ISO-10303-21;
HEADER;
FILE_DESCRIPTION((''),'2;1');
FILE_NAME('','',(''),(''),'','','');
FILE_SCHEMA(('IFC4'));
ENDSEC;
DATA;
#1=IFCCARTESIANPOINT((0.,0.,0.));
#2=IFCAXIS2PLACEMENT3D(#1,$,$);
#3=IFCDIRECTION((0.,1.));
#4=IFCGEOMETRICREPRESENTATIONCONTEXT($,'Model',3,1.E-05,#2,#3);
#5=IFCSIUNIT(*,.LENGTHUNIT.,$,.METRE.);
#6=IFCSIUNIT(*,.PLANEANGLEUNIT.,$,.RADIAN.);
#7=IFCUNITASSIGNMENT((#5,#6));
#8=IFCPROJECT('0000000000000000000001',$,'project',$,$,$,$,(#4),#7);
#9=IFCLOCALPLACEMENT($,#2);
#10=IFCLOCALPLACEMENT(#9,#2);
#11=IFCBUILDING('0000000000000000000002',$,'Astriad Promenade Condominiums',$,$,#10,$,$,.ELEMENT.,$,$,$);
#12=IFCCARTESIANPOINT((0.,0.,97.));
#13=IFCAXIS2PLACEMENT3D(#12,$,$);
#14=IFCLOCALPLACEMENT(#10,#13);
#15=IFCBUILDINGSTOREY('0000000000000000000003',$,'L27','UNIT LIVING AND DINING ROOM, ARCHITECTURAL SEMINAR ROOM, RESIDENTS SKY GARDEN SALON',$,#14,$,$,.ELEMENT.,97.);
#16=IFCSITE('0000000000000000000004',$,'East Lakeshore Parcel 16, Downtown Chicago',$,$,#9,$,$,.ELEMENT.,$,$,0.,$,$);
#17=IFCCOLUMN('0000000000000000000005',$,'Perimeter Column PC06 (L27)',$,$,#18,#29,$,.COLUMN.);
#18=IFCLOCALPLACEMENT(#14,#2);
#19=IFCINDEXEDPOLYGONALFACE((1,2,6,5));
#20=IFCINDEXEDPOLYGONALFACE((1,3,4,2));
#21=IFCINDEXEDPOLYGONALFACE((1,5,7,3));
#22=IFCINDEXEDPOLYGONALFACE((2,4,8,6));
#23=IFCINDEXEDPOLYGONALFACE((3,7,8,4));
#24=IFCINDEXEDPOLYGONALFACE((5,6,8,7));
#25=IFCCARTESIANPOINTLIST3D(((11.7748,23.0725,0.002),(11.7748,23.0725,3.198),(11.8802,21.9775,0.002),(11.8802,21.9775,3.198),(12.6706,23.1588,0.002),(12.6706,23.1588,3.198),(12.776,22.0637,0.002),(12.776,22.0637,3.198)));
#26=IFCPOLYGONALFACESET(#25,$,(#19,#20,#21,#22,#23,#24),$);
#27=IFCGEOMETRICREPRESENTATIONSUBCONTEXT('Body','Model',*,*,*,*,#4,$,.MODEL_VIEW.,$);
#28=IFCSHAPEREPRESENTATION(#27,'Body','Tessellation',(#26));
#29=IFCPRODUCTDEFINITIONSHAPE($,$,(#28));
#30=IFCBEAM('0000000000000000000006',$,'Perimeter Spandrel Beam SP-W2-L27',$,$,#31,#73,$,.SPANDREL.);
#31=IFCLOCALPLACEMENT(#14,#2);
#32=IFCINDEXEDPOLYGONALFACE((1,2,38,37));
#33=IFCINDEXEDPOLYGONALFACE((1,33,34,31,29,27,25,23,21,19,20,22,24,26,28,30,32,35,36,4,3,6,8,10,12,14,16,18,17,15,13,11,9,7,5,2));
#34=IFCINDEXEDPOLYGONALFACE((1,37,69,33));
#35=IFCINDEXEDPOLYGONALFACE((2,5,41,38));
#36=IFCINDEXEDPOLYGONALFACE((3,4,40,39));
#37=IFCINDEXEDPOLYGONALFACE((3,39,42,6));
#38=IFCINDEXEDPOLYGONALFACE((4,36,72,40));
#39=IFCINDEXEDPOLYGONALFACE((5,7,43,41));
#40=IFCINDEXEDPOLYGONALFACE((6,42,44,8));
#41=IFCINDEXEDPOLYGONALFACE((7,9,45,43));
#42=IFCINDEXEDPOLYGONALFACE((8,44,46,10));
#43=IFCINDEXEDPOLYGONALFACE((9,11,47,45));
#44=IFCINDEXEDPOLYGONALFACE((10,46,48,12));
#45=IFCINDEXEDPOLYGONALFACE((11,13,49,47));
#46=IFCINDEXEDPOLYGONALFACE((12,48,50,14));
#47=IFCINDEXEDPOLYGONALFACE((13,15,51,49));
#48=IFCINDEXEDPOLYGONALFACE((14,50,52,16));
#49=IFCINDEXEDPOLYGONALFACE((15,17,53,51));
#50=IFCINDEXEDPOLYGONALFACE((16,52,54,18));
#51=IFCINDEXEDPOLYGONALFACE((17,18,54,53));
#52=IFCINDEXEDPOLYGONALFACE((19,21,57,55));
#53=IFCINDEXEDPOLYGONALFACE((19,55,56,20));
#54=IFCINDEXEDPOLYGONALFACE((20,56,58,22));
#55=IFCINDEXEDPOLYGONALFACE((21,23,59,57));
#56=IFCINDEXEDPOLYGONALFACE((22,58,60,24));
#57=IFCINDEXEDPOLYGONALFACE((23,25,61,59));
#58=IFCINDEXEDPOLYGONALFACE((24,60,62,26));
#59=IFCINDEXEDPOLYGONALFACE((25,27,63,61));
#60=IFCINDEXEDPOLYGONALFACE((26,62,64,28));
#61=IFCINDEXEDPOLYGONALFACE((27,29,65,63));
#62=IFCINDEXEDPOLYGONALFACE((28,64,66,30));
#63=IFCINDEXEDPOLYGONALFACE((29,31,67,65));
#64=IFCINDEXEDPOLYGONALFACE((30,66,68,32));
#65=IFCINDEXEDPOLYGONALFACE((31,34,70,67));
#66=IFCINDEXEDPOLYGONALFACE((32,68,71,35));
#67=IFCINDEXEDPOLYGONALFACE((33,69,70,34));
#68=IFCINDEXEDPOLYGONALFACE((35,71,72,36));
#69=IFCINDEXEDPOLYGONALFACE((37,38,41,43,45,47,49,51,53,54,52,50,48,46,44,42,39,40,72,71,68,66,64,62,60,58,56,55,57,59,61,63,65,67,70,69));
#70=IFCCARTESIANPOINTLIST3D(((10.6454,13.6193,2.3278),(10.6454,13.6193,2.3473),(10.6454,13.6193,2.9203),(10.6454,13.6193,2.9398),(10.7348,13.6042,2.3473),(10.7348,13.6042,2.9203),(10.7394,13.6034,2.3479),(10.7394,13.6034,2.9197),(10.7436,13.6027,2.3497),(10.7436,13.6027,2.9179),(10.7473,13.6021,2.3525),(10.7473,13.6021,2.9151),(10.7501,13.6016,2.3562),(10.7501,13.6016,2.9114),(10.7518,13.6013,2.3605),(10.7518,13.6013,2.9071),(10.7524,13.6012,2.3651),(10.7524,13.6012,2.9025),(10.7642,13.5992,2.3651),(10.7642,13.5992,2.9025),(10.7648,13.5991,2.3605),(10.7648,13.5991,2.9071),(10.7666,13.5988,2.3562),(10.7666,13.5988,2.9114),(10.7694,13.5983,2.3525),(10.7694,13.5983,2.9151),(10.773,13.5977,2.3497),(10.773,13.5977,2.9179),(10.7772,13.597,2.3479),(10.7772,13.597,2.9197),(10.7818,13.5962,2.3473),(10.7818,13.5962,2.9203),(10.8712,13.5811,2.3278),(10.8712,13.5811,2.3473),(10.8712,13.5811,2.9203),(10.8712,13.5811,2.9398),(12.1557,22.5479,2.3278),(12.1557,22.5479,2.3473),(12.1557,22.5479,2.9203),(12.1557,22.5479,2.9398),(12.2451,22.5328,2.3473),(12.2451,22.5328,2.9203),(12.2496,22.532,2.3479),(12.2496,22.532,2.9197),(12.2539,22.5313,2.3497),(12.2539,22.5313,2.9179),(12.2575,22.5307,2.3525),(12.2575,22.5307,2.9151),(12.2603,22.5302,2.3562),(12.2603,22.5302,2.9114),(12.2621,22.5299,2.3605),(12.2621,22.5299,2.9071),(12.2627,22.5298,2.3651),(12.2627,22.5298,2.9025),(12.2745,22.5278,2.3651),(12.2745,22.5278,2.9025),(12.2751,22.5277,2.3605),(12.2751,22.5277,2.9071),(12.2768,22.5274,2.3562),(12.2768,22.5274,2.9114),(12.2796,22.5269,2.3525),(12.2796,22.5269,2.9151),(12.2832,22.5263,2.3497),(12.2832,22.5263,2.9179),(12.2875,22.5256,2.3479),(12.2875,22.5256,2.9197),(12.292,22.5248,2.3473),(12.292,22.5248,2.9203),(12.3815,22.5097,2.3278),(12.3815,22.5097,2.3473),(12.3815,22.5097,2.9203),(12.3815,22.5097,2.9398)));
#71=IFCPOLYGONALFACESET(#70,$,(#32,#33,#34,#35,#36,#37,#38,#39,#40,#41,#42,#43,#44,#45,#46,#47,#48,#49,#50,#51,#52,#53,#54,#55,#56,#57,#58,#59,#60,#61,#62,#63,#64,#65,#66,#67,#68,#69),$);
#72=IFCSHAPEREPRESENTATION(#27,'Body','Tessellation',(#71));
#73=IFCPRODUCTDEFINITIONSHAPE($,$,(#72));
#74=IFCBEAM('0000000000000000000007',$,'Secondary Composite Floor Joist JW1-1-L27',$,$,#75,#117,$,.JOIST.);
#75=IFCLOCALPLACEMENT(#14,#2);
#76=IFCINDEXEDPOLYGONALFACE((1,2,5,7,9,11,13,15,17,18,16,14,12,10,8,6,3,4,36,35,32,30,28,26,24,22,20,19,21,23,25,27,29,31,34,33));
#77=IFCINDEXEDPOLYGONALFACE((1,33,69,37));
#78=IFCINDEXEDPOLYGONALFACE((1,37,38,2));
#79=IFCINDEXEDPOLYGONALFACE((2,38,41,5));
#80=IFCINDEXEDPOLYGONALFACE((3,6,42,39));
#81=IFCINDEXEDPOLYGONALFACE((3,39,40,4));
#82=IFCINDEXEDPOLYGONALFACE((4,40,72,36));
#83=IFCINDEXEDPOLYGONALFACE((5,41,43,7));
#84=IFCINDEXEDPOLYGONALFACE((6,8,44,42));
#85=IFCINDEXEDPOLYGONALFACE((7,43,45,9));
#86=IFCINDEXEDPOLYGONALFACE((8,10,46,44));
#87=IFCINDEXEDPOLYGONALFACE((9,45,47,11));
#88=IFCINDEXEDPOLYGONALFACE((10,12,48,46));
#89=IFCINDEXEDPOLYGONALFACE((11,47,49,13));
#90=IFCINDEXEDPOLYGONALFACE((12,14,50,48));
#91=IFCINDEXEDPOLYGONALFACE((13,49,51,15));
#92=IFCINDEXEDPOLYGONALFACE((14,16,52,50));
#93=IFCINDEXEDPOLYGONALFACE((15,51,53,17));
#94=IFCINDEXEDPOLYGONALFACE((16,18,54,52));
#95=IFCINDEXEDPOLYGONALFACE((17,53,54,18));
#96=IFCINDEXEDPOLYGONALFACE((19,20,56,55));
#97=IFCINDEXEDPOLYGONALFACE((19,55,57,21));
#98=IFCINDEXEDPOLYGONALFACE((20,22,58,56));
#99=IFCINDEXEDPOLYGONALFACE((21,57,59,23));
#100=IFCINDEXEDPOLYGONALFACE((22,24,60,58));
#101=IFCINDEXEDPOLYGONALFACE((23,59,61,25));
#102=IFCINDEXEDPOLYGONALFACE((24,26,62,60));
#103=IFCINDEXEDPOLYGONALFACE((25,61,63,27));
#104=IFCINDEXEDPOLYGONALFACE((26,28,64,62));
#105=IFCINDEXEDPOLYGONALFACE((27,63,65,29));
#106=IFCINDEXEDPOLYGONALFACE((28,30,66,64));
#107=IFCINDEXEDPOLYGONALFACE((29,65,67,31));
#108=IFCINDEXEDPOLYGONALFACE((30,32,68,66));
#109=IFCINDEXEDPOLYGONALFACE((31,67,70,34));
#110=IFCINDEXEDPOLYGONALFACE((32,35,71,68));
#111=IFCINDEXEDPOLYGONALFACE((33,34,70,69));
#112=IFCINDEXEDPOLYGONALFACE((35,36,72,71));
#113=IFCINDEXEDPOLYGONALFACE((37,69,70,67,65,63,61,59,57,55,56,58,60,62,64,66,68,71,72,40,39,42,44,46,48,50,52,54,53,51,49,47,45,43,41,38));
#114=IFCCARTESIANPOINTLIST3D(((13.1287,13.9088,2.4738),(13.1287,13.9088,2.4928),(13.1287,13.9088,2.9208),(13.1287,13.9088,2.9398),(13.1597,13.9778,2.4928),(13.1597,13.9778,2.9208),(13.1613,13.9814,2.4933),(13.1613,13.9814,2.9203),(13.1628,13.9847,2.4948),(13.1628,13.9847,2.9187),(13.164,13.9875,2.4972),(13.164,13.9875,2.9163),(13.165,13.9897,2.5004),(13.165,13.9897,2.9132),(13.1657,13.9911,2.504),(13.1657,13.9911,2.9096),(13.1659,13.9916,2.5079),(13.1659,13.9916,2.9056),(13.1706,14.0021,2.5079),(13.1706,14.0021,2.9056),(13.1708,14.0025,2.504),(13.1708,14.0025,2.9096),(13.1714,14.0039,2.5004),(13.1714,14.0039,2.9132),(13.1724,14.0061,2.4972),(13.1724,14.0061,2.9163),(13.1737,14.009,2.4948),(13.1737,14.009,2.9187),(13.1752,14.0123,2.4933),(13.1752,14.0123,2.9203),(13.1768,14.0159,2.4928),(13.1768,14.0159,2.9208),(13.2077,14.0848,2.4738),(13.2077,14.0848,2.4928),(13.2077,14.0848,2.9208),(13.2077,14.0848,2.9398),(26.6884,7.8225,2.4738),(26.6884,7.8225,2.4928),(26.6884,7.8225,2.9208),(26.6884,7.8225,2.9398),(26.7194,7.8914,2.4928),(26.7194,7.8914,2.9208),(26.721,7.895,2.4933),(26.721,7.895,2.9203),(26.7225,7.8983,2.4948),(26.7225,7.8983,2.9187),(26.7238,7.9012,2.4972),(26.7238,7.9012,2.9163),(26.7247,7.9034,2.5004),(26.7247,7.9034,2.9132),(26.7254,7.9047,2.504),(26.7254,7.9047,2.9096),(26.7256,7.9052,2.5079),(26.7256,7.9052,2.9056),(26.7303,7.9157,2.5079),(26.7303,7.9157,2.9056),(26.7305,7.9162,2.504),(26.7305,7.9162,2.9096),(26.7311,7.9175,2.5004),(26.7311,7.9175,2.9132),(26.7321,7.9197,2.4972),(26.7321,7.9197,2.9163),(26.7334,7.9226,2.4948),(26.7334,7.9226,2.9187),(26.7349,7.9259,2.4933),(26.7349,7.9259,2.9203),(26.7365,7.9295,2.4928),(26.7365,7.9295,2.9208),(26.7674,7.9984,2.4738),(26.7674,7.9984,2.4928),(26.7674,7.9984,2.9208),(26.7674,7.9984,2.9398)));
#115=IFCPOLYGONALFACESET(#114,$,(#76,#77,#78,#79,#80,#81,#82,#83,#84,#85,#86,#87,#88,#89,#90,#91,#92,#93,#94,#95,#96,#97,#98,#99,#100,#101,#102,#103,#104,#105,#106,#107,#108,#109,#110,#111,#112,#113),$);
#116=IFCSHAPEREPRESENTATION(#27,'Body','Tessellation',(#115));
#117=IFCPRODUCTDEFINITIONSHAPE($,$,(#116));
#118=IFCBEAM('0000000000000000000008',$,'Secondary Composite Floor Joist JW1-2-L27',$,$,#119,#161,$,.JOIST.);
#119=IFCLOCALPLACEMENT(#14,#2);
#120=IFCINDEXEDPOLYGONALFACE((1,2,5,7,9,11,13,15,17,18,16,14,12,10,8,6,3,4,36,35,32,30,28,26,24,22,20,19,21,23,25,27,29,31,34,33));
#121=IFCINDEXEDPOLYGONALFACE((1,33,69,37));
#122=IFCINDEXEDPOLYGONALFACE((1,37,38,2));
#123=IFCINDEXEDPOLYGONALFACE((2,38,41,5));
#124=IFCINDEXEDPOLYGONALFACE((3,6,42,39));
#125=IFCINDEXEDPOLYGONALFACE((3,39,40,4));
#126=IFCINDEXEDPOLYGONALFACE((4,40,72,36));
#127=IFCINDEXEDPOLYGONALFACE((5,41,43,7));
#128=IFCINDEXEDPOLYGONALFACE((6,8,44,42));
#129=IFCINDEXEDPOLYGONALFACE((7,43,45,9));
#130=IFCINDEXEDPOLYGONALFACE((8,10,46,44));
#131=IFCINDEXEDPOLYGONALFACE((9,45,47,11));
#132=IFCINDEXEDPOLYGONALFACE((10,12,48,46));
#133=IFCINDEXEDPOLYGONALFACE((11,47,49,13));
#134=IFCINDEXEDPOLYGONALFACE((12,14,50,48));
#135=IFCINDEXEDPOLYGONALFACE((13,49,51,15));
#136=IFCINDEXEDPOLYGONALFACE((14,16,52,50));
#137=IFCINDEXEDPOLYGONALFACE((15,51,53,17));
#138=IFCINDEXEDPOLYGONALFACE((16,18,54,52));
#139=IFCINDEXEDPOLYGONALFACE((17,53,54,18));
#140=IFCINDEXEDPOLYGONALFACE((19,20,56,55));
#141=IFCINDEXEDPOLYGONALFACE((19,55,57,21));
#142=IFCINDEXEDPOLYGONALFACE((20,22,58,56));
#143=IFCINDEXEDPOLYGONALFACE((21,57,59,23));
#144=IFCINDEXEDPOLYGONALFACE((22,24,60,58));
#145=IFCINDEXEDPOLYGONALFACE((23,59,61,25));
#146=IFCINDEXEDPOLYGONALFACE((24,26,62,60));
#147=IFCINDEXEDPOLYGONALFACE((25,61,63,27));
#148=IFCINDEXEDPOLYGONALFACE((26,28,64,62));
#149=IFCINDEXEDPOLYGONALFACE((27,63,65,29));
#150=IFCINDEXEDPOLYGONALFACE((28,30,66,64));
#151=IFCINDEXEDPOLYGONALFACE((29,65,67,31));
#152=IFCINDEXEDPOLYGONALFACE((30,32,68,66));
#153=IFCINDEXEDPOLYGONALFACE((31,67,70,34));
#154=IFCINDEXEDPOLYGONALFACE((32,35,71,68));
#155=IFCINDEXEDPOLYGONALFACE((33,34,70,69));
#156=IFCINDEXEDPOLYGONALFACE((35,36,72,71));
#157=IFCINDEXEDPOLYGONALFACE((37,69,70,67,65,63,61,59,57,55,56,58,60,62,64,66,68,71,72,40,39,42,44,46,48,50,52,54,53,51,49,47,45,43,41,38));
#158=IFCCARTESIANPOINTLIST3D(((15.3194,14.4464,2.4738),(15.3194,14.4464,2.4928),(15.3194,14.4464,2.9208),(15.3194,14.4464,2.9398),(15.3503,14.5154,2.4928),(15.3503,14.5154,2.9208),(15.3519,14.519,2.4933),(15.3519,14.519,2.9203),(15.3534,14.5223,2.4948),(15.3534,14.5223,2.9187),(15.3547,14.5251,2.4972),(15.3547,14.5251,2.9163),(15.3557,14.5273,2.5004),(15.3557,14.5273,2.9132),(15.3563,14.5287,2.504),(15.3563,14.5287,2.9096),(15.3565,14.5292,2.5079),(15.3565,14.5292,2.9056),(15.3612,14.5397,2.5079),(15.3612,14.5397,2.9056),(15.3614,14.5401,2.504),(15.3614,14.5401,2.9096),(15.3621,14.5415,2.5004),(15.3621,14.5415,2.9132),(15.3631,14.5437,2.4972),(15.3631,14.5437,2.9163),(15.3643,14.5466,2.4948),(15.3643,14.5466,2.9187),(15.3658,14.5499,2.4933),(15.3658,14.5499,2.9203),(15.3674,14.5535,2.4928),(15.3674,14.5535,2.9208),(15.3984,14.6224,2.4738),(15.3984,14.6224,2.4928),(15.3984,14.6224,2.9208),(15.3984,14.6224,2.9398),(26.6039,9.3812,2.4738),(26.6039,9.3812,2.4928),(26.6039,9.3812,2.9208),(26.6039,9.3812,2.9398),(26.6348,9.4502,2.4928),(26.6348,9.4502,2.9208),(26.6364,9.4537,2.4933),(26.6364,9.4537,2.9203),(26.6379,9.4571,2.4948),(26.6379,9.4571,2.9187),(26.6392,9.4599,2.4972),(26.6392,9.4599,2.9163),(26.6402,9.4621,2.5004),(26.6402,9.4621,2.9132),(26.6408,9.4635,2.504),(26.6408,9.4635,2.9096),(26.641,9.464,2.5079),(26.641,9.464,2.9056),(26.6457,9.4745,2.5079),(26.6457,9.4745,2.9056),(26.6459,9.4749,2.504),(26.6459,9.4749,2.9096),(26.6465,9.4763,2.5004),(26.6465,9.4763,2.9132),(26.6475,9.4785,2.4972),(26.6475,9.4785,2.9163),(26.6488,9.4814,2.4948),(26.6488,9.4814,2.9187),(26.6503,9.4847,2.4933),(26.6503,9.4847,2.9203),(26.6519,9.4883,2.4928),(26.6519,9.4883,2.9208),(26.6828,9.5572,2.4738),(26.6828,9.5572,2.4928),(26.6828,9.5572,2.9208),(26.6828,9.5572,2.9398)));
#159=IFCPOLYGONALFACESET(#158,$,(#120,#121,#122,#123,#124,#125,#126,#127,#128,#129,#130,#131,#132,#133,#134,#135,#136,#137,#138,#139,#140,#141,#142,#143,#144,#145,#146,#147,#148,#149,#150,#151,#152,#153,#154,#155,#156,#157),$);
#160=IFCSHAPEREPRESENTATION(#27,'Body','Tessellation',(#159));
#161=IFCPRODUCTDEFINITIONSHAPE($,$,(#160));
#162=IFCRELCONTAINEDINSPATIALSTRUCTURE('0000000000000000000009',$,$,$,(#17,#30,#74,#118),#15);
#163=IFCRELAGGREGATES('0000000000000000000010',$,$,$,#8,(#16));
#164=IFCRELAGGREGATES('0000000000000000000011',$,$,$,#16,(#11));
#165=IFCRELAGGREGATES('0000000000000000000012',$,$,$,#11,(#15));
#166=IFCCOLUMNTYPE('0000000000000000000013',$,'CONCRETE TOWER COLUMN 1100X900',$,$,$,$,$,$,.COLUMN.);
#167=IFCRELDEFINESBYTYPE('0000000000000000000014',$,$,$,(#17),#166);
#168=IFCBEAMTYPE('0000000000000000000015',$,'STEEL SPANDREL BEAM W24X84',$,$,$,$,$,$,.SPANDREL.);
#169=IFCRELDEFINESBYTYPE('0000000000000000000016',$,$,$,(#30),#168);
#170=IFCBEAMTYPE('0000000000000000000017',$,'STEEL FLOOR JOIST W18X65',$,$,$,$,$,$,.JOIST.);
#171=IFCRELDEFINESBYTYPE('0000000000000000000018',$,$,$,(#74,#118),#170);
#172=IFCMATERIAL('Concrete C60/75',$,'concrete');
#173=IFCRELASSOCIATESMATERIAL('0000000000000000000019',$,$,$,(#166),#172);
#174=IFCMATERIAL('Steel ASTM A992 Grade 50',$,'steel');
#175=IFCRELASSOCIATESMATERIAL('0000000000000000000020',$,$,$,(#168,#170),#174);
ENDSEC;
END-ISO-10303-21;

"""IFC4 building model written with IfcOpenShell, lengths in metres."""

from ifc_helpers import new_model, si_unit, direction, frame, origin, origin_2d, place, context, subcontext, project, spatial, rectangle, i_section, extrude, source, transform, mapped, material, material_profile, profile_set, type_object, type_shapes, element, save


model = new_model("IFC4")

# Units and contexts
model_context = context("Model", 3, precision=1e-05, world=origin(), true_north=direction((0.0, 1.0)))
body_context = subcontext(model_context, "Body", "Model", "MODEL_VIEW")
ifc_project = project(units=[si_unit("LENGTHUNIT", "METRE"), si_unit("PLANEANGLEUNIT", "RADIAN")], contexts=[model_context])

# Site, building, storey
site_placement = place(None, origin())
site = spatial("IfcSite", under=ifc_project, at=site_placement, Name="East Lakeshore Parcel 16, Downtown Chicago", CompositionType="ELEMENT", RefElevation=0.0)
building_placement = place(site_placement, origin())
building = spatial("IfcBuilding", under=site, at=building_placement, Name="Astriad Promenade Condominiums", CompositionType="ELEMENT")
storey_placement = place(building_placement, frame((0.0, 0.0, 97.0)))
storey = spatial("IfcBuildingStorey", under=building, at=storey_placement, Name="L27", Description="UNIT LIVING AND DINING ROOM, ARCHITECTURAL SEMINAR ROOM, RESIDENTS SKY GARDEN SALON", CompositionType="ELEMENT", Elevation=97.0)

# Column
ifc_material_1 = material(Name="Concrete C60/75", Category="concrete")
ifc_material_profile_1 = material_profile(ifc_material_1, rectangle(XDim=0.8999, YDim=1.1001, at=origin_2d()), Name="RC-COL-1100X900")
ifc_profile_set_1 = profile_set([ifc_material_profile_1], Name="Concrete C60/75")
column_type = type_object("IfcColumnType", Name="CONCRETE TOWER COLUMN 1100X900", PredefinedType="COLUMN", material=ifc_profile_set_1)
shared_shape_1 = source(origin(), body_context, "Body", "SweptSolid", [
    extrude(rectangle(XDim=0.8999, YDim=1.1001, at=origin_2d()), origin(), (0.0, 0.0, 1.0), 3.196),
])
type_shapes(column_type, [shared_shape_1])
column_placement = place(storey_placement, frame((12.2754, 22.5681, 0.002), z_axis=(0.0, 0.0, 1.0), x_axis=(0.995396, 0.095846, 0.0)))
element("IfcColumn", 1, at=column_placement, inside=storey, type_object=column_type, Name="Perimeter Column PC06 (L27)", PredefinedType="COLUMN", context=body_context, shape_type="MappedRepresentation", body=[
    mapped(shared_shape_1, transform((0.0, 0.0, 0.0), scale=1.0)),
])

# Beams
ifc_material_2 = material(Name="Steel ASTM A992 Grade 50", Category="steel")
ifc_material_profile_2 = material_profile(ifc_material_2, i_section(OverallWidth=0.229, OverallDepth=0.6121, WebThickness=0.012, FlangeThickness=0.0195, FilletRadius=0.0178, at=origin_2d()), Name="W24X84")
ifc_profile_set_2 = profile_set([ifc_material_profile_2], Name="Steel ASTM A992 Grade 50")
beam_type_1 = type_object("IfcBeamType", Name="STEEL SPANDREL BEAM W24X84", PredefinedType="SPANDREL", material=ifc_profile_set_2)
shared_shape_2 = source(origin(), body_context, "Body", "SweptSolid", [
    extrude(i_section(OverallWidth=0.229, OverallDepth=0.6121, WebThickness=0.012, FlangeThickness=0.0195, FilletRadius=0.0178, at=origin_2d()), origin(), (0.0, 0.0, 1.0), 9.0554),
])
type_shapes(beam_type_1, [shared_shape_2])
beam_1_placement = place(storey_placement, frame((12.2686, 22.5288, 2.6338), z_axis=(-0.166777, -0.985995, 0.0), x_axis=(0.985995, -0.166777, 0.0)))
element("IfcBeam", 2, at=beam_1_placement, inside=storey, type_object=beam_type_1, Name="Perimeter Spandrel Beam SP-W2-L27", PredefinedType="SPANDREL", context=body_context, shape_type="MappedRepresentation", body=[
    mapped(shared_shape_2, transform((0.0, 0.0, 0.0), scale=1.0)),
])
ifc_material_profile_3 = material_profile(ifc_material_2, i_section(OverallWidth=0.1929, OverallDepth=0.4661, WebThickness=0.0115, FlangeThickness=0.019, FilletRadius=0.0151, at=origin_2d()), Name="W18X65")
ifc_profile_set_3 = profile_set([ifc_material_profile_3], Name="Steel ASTM A992 Grade 50")
beam_type_2 = type_object("IfcBeamType", Name="STEEL FLOOR JOIST W18X65", PredefinedType="JOIST", material=ifc_profile_set_3)
shared_shape_3 = source(origin(), body_context, "Body", "SweptSolid", [
    extrude(i_section(OverallWidth=0.1929, OverallDepth=0.4661, WebThickness=0.0115, FlangeThickness=0.019, FilletRadius=0.0151, at=origin_2d()), origin(), (0.0, 0.0, 1.0), 14.863),
])
beam_2_placement = place(storey_placement, frame((13.1682, 13.9968, 2.7068), z_axis=(0.912311, -0.409498, 0.0), x_axis=(0.409498, 0.912311, 0.0)))
element("IfcBeam", 3, at=beam_2_placement, inside=storey, type_object=beam_type_2, Name="Secondary Composite Floor Joist JW1-1-L27", PredefinedType="JOIST", context=body_context, shape_type="MappedRepresentation", body=[
    mapped(shared_shape_3, transform((0.0, 0.0, 0.0), scale=1.0)),
])
shared_shape_4 = source(origin(), body_context, "Body", "SweptSolid", [
    extrude(i_section(OverallWidth=0.1929, OverallDepth=0.4661, WebThickness=0.0115, FlangeThickness=0.019, FilletRadius=0.0151, at=origin_2d()), origin(), (0.0, 0.0, 1.0), 12.3691),
])
beam_3_placement = place(storey_placement, frame((15.3589, 14.5344, 2.7068), z_axis=(0.912309, -0.409504, 0.0), x_axis=(0.409504, 0.912309, 0.0)))
element("IfcBeam", 4, at=beam_3_placement, inside=storey, type_object=beam_type_2, Name="Secondary Composite Floor Joist JW1-2-L27", PredefinedType="JOIST", context=body_context, shape_type="MappedRepresentation", body=[
    mapped(shared_shape_4, transform((0.0, 0.0, 0.0), scale=1.0)),
])

save(model, "model.ifc")
